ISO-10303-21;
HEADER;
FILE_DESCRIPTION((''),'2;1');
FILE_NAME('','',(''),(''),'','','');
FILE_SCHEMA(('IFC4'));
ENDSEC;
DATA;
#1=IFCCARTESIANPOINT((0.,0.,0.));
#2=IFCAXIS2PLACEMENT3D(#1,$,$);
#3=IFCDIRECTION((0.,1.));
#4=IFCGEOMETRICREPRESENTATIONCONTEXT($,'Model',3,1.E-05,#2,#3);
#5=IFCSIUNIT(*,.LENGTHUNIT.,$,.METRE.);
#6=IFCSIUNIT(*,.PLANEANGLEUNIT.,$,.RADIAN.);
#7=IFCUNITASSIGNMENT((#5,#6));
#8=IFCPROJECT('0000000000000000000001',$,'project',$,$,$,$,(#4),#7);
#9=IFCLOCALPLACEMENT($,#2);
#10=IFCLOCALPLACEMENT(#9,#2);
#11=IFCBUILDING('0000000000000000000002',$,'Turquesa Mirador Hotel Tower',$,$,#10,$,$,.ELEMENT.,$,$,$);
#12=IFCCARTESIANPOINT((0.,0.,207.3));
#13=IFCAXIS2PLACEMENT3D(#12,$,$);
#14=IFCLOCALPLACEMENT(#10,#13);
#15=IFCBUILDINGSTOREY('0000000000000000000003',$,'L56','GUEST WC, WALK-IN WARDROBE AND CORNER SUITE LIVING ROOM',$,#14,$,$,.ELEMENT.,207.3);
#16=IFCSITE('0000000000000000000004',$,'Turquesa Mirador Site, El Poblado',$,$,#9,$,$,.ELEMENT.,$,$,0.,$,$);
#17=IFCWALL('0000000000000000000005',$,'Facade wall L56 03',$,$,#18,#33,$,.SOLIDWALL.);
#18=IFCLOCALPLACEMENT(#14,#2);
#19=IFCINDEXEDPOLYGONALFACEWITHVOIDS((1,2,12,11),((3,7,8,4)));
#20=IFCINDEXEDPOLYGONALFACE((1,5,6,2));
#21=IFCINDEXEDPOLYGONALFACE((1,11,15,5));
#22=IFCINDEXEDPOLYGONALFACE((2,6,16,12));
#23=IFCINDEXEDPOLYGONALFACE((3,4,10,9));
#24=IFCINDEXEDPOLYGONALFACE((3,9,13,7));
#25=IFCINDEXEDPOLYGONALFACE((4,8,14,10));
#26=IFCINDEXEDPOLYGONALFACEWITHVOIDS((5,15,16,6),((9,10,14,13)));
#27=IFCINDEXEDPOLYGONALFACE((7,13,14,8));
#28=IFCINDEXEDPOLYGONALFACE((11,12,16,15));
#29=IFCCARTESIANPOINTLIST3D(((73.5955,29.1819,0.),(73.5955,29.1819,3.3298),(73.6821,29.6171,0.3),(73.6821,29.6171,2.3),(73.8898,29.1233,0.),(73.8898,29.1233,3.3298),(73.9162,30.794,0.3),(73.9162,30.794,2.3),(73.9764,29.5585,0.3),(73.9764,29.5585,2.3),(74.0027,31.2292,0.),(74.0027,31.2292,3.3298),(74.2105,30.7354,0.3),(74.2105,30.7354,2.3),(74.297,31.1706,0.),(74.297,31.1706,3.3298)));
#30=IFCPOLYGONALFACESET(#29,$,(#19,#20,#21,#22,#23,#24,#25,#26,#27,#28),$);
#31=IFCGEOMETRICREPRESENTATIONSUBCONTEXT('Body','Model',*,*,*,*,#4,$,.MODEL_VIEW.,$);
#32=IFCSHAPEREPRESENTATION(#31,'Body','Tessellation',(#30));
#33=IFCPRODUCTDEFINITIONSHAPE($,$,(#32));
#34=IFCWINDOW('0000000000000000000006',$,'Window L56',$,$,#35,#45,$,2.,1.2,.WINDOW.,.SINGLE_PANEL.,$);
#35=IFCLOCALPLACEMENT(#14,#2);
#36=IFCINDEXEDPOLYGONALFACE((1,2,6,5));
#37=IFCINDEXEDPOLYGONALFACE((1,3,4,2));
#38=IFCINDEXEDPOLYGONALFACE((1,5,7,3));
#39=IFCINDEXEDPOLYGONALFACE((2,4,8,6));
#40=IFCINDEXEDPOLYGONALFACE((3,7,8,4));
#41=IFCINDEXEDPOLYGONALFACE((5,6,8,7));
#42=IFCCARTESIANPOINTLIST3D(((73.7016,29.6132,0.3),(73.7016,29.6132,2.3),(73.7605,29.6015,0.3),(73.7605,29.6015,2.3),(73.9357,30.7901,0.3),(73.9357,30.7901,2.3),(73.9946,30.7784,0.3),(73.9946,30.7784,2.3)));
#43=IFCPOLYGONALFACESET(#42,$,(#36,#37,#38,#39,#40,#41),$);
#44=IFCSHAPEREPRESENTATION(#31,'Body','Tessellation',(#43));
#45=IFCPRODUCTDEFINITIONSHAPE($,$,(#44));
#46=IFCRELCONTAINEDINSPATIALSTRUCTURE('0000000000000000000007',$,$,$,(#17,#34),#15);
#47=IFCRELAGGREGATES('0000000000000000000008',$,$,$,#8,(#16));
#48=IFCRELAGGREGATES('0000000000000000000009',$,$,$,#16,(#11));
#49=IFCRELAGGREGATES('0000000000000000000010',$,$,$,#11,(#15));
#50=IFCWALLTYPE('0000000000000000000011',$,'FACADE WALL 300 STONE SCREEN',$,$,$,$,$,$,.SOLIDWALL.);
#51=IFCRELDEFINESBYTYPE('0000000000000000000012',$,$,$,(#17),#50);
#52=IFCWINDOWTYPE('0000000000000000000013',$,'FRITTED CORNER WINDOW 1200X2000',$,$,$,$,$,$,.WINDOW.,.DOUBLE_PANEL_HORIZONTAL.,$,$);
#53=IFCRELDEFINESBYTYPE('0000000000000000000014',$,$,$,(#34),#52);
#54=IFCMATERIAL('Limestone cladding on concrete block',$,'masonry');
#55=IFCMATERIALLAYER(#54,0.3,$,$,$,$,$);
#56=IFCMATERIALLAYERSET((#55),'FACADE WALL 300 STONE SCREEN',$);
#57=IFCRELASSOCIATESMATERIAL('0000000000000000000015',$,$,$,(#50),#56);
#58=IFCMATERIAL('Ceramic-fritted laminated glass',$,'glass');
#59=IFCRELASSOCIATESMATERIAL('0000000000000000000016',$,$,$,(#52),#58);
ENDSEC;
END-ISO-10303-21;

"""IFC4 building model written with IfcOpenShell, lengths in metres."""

from ifc_helpers import new_model, si_unit, direction, frame, frame_2d, origin, place, context, subcontext, project, spatial, rectangle, extrude, material, layer, layer_set, type_object, element, fill, save


model = new_model("IFC4")

# Units and contexts
model_context = context("Model", 3, precision=1e-05, world=origin(), true_north=direction((0.0, 1.0)))
body_context = subcontext(model_context, "Body", "Model", "MODEL_VIEW")
ifc_project = project(units=[si_unit("LENGTHUNIT", "METRE"), si_unit("PLANEANGLEUNIT", "RADIAN")], contexts=[model_context])

# Site, building, storey
site_placement = place(None, origin())
site = spatial("IfcSite", under=ifc_project, at=site_placement, Name="Turquesa Mirador Site, El Poblado", CompositionType="ELEMENT", RefElevation=0.0)
building_placement = place(site_placement, origin())
building = spatial("IfcBuilding", under=site, at=building_placement, Name="Turquesa Mirador Hotel Tower", CompositionType="ELEMENT")
storey_placement = place(building_placement, frame((0.0, 0.0, 207.3)))
storey = spatial("IfcBuildingStorey", under=building, at=storey_placement, Name="L56", Description="GUEST WC, WALK-IN WARDROBE AND CORNER SUITE LIVING ROOM", CompositionType="ELEMENT", Elevation=207.3)

# Wall, opening, window
ifc_material_1 = material(Name="Limestone cladding on concrete block", Category="masonry")
ifc_layer_1 = layer(ifc_material_1, 0.3)
ifc_layer_set_1 = layer_set([ifc_layer_1], Name="FACADE WALL 300 STONE SCREEN")
wall_type_1 = type_object("IfcWallType", Name="FACADE WALL 300 STONE SCREEN", PredefinedType="SOLIDWALL", material=ifc_layer_set_1)
ifc_material_2 = material(Name="Ceramic-fritted laminated glass", Category="glass")
window_type_1 = type_object("IfcWindowType", Name="FRITTED CORNER WINDOW 1200X2000", PartitioningType="DOUBLE_PANEL_HORIZONTAL", PredefinedType="WINDOW", material=ifc_material_2)
wall_1_placement = place(storey_placement, frame((73.7427, 29.1526, 0.0), z_axis=(0.0, 0.0, 1.0), x_axis=(0.195081, 0.980787, 0.0)))
wall_1 = element("IfcWall", 1, at=wall_1_placement, inside=storey, type_object=wall_type_1, Name="Facade wall L56 03", PredefinedType="SOLIDWALL", context=body_context, shape_type="SweptSolid", body=[
    extrude(rectangle(XDim=2.0874, YDim=0.3, at=frame_2d((1.0437, 0.0))), origin(), (0.0, 0.0, 1.0), 3.3298),
])
opening_1_placement = place(wall_1_placement, frame((0.4436, 0.0, 0.3)))
opening_1 = element("IfcOpeningElement", 2, at=opening_1_placement, cuts=wall_1, PredefinedType="OPENING", context=body_context, shape_type="SweptSolid", body=[
    extrude(rectangle(XDim=1.2, YDim=2.0, at=frame_2d((0.6001, 1.0))), frame((0.0, 0.1599, 0.0), z_axis=(0.0, -1.0, 0.0), x_axis=(1.0, 0.0, 0.0)), (0.0, 0.0, 1.0), 0.3201),
])
window_1_placement = place(opening_1_placement, origin())
window_1 = element("IfcWindow", 3, at=window_1_placement, inside=storey, type_object=window_type_1, Name="Window L56", OverallHeight=2.0, OverallWidth=1.2, PartitioningType="SINGLE_PANEL", PredefinedType="WINDOW", context=body_context, shape_type="SweptSolid", body=[
    extrude(rectangle(XDim=1.2, YDim=2.0, at=frame_2d((0.6001, 1.0))), frame((0.0, 0.1301, 0.0), z_axis=(0.0, -1.0, 0.0), x_axis=(1.0, 0.0, 0.0)), (0.0, 0.0, 1.0), 0.0601),
])
fill(opening_1, window_1)

save(model, "model.ifc")
